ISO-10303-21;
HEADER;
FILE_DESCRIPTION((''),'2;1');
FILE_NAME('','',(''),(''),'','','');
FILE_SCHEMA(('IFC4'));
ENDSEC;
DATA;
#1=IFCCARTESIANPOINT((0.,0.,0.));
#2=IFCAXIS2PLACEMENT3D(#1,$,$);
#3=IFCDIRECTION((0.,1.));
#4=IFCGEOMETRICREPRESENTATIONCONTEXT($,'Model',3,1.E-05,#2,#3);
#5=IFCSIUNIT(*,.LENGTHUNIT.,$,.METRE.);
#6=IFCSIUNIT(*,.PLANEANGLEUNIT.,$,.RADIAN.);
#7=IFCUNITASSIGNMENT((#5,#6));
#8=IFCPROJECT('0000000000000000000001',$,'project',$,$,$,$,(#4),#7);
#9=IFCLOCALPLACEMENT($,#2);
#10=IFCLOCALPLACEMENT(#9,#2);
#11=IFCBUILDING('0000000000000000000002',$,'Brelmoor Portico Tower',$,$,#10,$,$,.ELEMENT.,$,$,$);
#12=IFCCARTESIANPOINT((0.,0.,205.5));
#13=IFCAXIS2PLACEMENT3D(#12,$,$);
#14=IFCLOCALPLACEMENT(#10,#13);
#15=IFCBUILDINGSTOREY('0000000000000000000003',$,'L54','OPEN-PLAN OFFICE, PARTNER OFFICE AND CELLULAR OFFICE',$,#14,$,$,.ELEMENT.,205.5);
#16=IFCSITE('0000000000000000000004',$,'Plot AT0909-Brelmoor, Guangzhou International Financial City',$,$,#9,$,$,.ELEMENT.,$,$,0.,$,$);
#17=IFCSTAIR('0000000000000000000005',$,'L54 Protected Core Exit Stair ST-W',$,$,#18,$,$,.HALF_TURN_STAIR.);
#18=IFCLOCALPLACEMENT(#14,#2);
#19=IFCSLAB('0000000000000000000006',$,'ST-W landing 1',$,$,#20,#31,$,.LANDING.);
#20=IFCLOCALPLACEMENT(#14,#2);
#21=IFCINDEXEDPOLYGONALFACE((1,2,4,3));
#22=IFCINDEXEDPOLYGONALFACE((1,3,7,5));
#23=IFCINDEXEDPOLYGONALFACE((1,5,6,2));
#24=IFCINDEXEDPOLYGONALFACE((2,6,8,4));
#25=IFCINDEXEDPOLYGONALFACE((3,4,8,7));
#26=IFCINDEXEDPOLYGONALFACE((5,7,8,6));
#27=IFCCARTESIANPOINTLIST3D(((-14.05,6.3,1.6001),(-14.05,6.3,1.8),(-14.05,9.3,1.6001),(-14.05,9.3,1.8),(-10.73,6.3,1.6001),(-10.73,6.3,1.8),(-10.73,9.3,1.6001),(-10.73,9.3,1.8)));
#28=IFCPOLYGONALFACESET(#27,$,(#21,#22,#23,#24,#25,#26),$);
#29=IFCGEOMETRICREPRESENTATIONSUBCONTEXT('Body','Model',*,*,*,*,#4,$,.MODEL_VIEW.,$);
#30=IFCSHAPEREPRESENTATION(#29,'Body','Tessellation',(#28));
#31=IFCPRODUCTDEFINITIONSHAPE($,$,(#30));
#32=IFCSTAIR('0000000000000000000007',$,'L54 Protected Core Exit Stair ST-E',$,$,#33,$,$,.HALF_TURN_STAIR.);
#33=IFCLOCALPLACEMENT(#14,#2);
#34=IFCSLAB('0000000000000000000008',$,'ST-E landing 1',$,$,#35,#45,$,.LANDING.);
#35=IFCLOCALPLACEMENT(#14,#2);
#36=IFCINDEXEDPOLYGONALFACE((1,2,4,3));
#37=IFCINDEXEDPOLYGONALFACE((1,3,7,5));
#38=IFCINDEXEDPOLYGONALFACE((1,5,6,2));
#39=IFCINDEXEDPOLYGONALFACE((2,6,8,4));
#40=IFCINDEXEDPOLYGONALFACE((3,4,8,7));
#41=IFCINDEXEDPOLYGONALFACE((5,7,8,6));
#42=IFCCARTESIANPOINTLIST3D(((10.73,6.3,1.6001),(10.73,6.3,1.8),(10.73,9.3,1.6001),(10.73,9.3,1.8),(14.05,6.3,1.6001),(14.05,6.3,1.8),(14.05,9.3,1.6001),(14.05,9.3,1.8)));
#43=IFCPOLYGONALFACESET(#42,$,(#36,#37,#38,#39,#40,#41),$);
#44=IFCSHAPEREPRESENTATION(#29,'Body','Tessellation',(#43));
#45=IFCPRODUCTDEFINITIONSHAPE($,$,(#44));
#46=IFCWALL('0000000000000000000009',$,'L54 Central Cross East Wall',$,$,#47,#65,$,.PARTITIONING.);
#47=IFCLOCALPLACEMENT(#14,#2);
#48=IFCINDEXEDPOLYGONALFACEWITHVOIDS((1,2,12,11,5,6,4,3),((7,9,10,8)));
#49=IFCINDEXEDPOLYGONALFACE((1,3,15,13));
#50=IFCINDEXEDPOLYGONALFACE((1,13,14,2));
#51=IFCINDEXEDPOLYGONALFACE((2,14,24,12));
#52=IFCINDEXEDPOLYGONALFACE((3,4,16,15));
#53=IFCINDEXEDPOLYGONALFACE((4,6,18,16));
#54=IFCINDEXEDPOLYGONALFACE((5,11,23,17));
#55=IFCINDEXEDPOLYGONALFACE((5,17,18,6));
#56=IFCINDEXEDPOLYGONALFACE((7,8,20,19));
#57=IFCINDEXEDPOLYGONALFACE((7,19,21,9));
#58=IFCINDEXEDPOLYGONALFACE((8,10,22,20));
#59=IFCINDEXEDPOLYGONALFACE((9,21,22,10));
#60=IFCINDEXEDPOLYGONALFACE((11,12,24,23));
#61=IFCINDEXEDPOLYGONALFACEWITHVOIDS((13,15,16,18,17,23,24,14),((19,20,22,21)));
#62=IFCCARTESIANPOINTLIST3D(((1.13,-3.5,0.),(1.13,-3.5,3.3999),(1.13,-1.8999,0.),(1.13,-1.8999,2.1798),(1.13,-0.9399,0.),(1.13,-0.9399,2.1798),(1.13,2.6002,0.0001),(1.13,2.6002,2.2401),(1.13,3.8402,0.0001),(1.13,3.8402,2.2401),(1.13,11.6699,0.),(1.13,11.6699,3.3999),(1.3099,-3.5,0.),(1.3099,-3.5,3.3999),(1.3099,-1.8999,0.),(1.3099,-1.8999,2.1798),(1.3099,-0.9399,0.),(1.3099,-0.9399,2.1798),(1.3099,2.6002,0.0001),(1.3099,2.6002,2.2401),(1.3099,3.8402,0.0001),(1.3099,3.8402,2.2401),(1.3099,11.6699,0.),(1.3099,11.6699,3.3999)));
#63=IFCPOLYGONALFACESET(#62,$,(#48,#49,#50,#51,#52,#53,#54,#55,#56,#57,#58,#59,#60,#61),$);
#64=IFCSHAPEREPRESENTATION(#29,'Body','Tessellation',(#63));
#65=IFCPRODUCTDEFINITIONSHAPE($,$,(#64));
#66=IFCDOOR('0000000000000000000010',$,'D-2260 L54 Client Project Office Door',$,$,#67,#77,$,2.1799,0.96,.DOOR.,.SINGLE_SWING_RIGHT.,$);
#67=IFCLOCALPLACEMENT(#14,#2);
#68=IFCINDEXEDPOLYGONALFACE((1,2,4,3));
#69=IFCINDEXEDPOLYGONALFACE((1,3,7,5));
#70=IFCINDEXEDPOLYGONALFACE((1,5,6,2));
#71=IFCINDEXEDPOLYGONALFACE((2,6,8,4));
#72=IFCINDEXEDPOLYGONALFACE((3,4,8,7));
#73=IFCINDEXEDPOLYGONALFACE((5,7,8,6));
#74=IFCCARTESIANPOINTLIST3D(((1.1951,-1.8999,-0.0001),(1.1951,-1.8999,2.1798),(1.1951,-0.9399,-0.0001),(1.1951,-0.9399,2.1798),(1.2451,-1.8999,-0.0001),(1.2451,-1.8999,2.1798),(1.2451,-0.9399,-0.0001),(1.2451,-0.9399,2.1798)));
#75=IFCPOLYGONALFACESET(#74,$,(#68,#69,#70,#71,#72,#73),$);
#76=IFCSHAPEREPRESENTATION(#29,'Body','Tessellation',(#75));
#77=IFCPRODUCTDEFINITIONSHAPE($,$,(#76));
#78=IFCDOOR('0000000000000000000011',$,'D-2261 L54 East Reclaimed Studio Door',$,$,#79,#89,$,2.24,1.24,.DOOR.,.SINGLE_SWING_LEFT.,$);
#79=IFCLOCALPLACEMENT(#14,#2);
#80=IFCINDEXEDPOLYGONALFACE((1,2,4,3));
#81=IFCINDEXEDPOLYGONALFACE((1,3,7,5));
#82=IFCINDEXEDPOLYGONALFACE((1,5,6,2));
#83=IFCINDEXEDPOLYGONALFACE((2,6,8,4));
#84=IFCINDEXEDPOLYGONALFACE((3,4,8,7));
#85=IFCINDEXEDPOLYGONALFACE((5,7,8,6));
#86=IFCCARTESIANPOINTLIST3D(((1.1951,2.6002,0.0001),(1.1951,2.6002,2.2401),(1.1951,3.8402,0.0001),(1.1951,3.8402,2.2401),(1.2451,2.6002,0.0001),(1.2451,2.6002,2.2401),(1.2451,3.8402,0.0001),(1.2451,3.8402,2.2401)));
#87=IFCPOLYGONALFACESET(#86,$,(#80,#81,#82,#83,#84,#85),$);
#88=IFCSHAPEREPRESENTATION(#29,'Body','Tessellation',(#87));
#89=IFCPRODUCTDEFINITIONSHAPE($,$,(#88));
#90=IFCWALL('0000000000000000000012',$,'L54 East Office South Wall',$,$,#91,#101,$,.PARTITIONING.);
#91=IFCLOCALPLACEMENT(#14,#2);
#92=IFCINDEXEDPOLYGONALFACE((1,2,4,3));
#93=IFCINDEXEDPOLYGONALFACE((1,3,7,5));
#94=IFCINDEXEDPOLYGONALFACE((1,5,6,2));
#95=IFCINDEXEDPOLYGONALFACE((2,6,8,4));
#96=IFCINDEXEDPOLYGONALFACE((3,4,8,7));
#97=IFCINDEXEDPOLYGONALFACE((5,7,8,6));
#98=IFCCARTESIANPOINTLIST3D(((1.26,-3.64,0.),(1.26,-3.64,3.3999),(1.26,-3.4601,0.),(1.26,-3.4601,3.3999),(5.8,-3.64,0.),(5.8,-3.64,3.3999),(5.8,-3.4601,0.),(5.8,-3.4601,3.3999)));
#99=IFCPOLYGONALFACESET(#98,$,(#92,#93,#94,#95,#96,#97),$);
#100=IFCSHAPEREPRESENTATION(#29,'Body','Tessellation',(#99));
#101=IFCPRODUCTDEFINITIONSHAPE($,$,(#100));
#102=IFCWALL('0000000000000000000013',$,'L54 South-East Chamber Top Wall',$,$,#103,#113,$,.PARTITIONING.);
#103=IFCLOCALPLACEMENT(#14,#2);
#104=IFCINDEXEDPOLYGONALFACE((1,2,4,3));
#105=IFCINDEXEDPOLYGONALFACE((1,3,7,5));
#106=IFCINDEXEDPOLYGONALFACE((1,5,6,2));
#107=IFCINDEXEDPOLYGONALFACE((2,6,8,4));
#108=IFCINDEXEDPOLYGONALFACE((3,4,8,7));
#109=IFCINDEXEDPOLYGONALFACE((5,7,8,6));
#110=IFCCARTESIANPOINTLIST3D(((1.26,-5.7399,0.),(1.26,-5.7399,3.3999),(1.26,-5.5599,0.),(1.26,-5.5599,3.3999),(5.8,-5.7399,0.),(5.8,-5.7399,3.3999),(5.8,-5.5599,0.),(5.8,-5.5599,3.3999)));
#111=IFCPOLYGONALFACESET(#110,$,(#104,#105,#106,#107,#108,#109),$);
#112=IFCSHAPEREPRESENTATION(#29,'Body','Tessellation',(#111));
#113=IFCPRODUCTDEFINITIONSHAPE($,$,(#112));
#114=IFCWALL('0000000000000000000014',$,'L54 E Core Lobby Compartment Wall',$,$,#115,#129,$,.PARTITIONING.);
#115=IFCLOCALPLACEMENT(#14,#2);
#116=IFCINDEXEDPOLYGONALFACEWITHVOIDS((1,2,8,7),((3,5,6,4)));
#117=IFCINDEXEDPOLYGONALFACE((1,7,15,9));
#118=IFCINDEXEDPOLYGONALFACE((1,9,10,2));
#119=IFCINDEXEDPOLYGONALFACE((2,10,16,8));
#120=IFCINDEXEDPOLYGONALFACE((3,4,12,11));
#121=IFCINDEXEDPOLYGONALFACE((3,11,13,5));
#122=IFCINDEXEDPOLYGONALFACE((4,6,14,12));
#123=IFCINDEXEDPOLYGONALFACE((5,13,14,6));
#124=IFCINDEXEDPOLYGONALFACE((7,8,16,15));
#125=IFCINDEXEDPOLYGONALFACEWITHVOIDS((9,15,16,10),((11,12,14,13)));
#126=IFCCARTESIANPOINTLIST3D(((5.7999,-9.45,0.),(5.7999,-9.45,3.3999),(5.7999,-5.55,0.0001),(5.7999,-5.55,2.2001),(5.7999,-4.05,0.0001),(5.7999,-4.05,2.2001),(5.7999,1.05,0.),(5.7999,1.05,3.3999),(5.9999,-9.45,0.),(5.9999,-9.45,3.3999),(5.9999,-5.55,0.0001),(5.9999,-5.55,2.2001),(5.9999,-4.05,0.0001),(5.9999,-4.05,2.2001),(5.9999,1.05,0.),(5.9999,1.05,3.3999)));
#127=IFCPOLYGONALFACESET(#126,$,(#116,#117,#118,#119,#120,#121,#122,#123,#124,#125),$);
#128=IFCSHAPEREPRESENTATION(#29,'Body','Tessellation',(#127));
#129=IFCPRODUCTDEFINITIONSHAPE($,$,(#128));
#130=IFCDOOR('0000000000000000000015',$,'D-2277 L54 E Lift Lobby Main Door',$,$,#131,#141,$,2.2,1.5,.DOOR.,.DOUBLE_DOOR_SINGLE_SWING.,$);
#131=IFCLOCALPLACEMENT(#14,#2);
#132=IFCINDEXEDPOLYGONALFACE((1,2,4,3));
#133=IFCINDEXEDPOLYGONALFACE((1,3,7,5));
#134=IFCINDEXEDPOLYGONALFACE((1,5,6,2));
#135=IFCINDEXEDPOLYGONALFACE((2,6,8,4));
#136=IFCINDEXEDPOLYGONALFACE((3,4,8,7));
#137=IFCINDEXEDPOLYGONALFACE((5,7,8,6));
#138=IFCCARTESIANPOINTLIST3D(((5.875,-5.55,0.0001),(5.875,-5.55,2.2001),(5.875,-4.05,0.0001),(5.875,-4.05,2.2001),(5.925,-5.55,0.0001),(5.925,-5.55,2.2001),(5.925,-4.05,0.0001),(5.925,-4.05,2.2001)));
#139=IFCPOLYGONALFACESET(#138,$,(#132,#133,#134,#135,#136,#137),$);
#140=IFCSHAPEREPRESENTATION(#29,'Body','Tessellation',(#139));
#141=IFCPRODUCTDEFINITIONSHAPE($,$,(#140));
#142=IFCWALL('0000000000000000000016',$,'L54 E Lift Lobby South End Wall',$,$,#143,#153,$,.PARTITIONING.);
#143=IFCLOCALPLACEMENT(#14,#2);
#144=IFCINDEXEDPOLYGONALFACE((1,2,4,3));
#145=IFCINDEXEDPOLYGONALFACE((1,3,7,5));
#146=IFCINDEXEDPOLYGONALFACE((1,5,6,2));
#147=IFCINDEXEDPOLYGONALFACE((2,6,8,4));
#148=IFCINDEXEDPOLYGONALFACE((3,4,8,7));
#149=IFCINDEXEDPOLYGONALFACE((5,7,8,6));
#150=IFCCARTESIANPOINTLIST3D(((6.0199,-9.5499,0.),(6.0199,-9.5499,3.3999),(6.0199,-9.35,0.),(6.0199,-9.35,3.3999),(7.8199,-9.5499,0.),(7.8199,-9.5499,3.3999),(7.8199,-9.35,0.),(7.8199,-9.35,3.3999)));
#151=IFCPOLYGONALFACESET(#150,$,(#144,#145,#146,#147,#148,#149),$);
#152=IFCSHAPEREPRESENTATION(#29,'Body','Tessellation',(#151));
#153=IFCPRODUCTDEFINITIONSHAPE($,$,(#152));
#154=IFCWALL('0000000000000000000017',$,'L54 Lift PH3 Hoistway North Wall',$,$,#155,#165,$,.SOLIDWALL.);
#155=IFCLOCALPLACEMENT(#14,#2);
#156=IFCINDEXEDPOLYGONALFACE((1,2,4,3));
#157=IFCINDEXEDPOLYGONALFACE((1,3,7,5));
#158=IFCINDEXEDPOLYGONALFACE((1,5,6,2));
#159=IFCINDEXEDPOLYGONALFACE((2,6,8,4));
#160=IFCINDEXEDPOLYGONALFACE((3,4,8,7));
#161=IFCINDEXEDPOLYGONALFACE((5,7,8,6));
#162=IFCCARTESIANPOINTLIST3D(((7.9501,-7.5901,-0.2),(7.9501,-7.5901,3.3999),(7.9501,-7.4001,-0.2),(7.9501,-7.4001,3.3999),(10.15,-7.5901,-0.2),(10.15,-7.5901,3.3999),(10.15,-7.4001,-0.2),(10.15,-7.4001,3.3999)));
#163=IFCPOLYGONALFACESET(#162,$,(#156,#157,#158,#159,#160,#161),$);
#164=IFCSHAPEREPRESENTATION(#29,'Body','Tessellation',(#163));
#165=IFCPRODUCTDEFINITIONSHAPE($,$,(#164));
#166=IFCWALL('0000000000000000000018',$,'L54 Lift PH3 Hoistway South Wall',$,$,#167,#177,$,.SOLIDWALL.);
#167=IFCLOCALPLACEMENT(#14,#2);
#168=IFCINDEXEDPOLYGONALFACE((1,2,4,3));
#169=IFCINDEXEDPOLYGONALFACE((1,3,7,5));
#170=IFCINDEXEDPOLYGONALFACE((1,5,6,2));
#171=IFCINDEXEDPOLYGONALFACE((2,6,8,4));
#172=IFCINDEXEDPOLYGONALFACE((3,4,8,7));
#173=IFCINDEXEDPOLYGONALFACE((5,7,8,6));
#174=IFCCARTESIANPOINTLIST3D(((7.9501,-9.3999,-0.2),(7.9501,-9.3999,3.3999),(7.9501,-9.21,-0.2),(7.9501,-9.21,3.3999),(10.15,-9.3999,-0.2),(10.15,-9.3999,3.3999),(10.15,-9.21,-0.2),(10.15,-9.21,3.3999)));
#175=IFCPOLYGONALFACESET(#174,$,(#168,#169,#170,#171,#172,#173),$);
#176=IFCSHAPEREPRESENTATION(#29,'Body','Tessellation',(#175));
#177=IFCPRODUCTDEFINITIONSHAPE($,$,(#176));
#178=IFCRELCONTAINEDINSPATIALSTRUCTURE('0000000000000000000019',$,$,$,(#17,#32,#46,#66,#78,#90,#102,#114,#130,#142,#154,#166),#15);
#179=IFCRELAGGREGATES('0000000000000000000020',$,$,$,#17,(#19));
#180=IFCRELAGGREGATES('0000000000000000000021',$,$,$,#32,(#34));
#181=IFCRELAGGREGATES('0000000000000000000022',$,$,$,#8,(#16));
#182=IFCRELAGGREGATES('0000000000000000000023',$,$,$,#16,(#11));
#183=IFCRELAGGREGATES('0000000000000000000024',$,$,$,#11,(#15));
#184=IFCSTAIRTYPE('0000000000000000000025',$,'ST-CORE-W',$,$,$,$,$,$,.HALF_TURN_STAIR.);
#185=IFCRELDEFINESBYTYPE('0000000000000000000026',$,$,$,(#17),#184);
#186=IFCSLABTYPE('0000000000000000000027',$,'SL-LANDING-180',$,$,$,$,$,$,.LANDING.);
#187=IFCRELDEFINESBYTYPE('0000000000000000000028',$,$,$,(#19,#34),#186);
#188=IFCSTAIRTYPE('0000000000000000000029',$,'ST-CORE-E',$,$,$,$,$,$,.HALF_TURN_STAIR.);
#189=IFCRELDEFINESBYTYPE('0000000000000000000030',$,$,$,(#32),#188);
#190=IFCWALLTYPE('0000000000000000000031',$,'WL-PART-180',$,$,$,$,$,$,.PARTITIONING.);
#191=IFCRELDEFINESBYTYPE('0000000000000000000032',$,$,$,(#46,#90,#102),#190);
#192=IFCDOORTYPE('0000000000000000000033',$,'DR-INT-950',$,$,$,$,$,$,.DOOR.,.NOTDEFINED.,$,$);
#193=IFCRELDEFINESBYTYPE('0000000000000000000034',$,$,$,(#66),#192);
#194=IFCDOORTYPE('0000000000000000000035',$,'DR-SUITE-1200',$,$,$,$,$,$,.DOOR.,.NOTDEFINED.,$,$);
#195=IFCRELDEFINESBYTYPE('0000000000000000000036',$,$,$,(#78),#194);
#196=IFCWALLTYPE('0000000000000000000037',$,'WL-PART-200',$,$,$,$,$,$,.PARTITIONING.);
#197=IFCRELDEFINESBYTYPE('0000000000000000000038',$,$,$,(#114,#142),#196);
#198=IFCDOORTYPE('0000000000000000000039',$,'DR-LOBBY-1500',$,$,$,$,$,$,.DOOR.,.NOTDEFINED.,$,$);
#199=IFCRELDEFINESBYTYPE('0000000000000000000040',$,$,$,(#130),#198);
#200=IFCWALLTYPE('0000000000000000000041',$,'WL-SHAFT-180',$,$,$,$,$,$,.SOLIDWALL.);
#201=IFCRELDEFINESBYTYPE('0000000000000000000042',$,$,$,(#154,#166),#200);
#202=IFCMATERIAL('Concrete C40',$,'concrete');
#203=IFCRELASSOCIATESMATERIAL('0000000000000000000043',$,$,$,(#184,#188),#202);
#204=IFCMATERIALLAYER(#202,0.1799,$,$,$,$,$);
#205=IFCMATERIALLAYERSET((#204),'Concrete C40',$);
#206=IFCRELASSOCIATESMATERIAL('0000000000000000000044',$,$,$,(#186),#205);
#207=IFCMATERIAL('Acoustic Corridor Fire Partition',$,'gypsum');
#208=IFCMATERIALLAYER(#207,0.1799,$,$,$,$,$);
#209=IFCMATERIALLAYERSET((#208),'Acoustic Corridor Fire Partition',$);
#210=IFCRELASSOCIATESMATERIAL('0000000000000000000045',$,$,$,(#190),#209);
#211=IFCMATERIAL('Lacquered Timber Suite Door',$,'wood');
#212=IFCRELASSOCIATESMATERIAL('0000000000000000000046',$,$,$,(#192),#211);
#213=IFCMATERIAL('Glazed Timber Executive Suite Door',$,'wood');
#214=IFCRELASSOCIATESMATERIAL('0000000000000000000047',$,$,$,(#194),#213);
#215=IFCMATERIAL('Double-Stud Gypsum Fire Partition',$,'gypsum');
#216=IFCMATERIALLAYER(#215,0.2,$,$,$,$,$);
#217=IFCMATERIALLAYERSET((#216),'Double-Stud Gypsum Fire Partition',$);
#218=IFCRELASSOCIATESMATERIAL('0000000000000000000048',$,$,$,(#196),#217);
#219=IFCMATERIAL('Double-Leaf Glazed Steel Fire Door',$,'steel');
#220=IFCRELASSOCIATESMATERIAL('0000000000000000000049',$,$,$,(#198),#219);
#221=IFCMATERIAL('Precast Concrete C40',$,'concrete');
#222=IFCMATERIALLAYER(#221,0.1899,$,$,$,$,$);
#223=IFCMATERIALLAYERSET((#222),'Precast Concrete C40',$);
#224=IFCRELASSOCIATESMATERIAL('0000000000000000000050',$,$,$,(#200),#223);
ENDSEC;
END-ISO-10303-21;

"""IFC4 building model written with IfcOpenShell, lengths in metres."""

from ifc_helpers import new_model, si_unit, direction, frame, frame_2d, origin, place, context, subcontext, project, spatial, polyline, rectangle, outline, extrude, material, layer, layer_set, type_object, element, fill, aggregate, save


model = new_model("IFC4")

# Units and contexts
model_context = context("Model", 3, precision=1e-05, world=origin(), true_north=direction((0.0, 1.0)))
body_context = subcontext(model_context, "Body", "Model", "MODEL_VIEW")
ifc_project = project(units=[si_unit("LENGTHUNIT", "METRE"), si_unit("PLANEANGLEUNIT", "RADIAN")], contexts=[model_context])

# Site, building, storey
site_placement = place(None, origin())
site = spatial("IfcSite", under=ifc_project, at=site_placement, Name="Plot AT0909-Brelmoor, Guangzhou International Financial City", CompositionType="ELEMENT", RefElevation=0.0)
building_placement = place(site_placement, origin())
building = spatial("IfcBuilding", under=site, at=building_placement, Name="Brelmoor Portico Tower", CompositionType="ELEMENT")
storey_placement = place(building_placement, frame((0.0, 0.0, 205.5)))
storey = spatial("IfcBuildingStorey", under=building, at=storey_placement, Name="L54", Description="OPEN-PLAN OFFICE, PARTNER OFFICE AND CELLULAR OFFICE", CompositionType="ELEMENT", Elevation=205.5)

# Stairs, slabs
ifc_material_1 = material(Name="Concrete C40", Category="concrete")
stair_type_1 = type_object("IfcStairType", Name="ST-CORE-W", PredefinedType="HALF_TURN_STAIR", material=ifc_material_1)
stair_1_placement = place(storey_placement, origin())
stair_1 = element("IfcStair", 1, at=stair_1_placement, inside=storey, type_object=stair_type_1, Name="L54 Protected Core Exit Stair ST-W", PredefinedType="HALF_TURN_STAIR")
ifc_layer_1 = layer(ifc_material_1, 0.1799)
ifc_layer_set_1 = layer_set([ifc_layer_1], Name="Concrete C40")
slab_type = type_object("IfcSlabType", Name="SL-LANDING-180", PredefinedType="LANDING", material=ifc_layer_set_1)
slab_1_placement = place(storey_placement, frame((0.0, 0.0, 1.6001)))
slab_1 = element("IfcSlab", 2, at=slab_1_placement, type_object=slab_type, Name="ST-W landing 1", PredefinedType="LANDING", context=body_context, shape_type="SweptSolid", body=[
    extrude(outline(polyline([(-10.73, 6.3), (-10.73, 9.3), (-14.05, 9.3), (-14.05, 6.3), (-10.73, 6.3)])), origin(), (0.0, 0.0, 1.0), 0.2),
])
aggregate(stair_1, [slab_1])
stair_type_2 = type_object("IfcStairType", Name="ST-CORE-E", PredefinedType="HALF_TURN_STAIR", material=ifc_material_1)
stair_2_placement = place(storey_placement, origin())
stair_2 = element("IfcStair", 3, at=stair_2_placement, inside=storey, type_object=stair_type_2, Name="L54 Protected Core Exit Stair ST-E", PredefinedType="HALF_TURN_STAIR")
slab_2_placement = place(storey_placement, frame((0.0, 0.0, 1.6001)))
slab_2 = element("IfcSlab", 4, at=slab_2_placement, type_object=slab_type, Name="ST-E landing 1", PredefinedType="LANDING", context=body_context, shape_type="SweptSolid", body=[
    extrude(outline(polyline([(14.05, 6.3), (14.05, 9.3), (10.73, 9.3), (10.73, 6.3), (14.05, 6.3)])), origin(), (0.0, 0.0, 1.0), 0.2),
])
aggregate(stair_2, [slab_2])

# Wall, openings, doors
ifc_material_2 = material(Name="Acoustic Corridor Fire Partition", Category="gypsum")
ifc_layer_2 = layer(ifc_material_2, 0.1799)
ifc_layer_set_2 = layer_set([ifc_layer_2], Name="Acoustic Corridor Fire Partition")
wall_type_1 = type_object("IfcWallType", Name="WL-PART-180", PredefinedType="PARTITIONING", material=ifc_layer_set_2)
wall_1_placement = place(storey_placement, frame((1.22, -3.5, 0.0), z_axis=(0.0, 0.0, 1.0), x_axis=(0.0, 1.0, 0.0)))
wall_1 = element("IfcWall", 5, at=wall_1_placement, inside=storey, type_object=wall_type_1, Name="L54 Central Cross East Wall", PredefinedType="PARTITIONING", context=body_context, shape_type="SweptSolid", body=[
    extrude(rectangle(XDim=15.1699, YDim=0.1799, at=frame_2d((7.585, 0.0))), origin(), (0.0, 0.0, 1.0), 3.3999),
])
opening_1_placement = place(wall_1_placement, frame((6.1001, 0.0, 0.0)))
opening_1 = element("IfcOpeningElement", 6, at=opening_1_placement, cuts=wall_1, PredefinedType="OPENING", context=body_context, shape_type="SweptSolid", body=[
    extrude(rectangle(XDim=1.24, YDim=2.24, at=frame_2d((0.6201, 1.1201))), frame((0.0, 0.0999, 0.0), z_axis=(0.0, -1.0, 0.0), x_axis=(1.0, 0.0, 0.0)), (0.0, 0.0, 1.0), 0.2),
])
opening_2_placement = place(wall_1_placement, frame((1.6001, 0.0, 0.0)))
opening_2 = element("IfcOpeningElement", 7, at=opening_2_placement, cuts=wall_1, PredefinedType="OPENING", context=body_context, shape_type="SweptSolid", body=[
    extrude(rectangle(XDim=0.96, YDim=2.1799, at=frame_2d((0.48, 1.0898))), frame((0.0, 0.0999, 0.0), z_axis=(0.0, -1.0, 0.0), x_axis=(1.0, 0.0, 0.0)), (0.0, 0.0, 1.0), 0.2),
])
ifc_material_3 = material(Name="Lacquered Timber Suite Door", Category="wood")
door_type_1 = type_object("IfcDoorType", Name="DR-INT-950", OperationType="NOTDEFINED", PredefinedType="DOOR", material=ifc_material_3)
door_1_placement = place(opening_2_placement, origin())
door_1 = element("IfcDoor", 8, at=door_1_placement, inside=storey, type_object=door_type_1, Name="D-2260 L54 Client Project Office Door", OperationType="SINGLE_SWING_RIGHT", OverallHeight=2.1799, OverallWidth=0.96, PredefinedType="DOOR", context=body_context, shape_type="SweptSolid", body=[
    extrude(rectangle(XDim=0.96, YDim=2.1799, at=frame_2d((0.48, 1.0898))), frame((0.0, 0.0249, 0.0), z_axis=(0.0, -1.0, 0.0), x_axis=(1.0, 0.0, 0.0)), (0.0, 0.0, 1.0), 0.05),
])
fill(opening_2, door_1)
ifc_material_4 = material(Name="Glazed Timber Executive Suite Door", Category="wood")
door_type_2 = type_object("IfcDoorType", Name="DR-SUITE-1200", OperationType="NOTDEFINED", PredefinedType="DOOR", material=ifc_material_4)
door_2_placement = place(opening_1_placement, origin())
door_2 = element("IfcDoor", 9, at=door_2_placement, inside=storey, type_object=door_type_2, Name="D-2261 L54 East Reclaimed Studio Door", OperationType="SINGLE_SWING_LEFT", OverallHeight=2.24, OverallWidth=1.24, PredefinedType="DOOR", context=body_context, shape_type="SweptSolid", body=[
    extrude(rectangle(XDim=1.24, YDim=2.24, at=frame_2d((0.6201, 1.1201))), frame((0.0, 0.0249, 0.0), z_axis=(0.0, -1.0, 0.0), x_axis=(1.0, 0.0, 0.0)), (0.0, 0.0, 1.0), 0.05),
])
fill(opening_1, door_2)

# Walls
for number, where, z_axis, x_axis, name in (
    (10, (1.26, -3.55, 0.0), (0.0, 0.0, 1.0), (1.0, 0.0, 0.0), "L54 East Office South Wall"),
    (11, (1.26, -5.6499, 0.0), (0.0, 0.0, 1.0), (1.0, 0.0, 0.0), "L54 South-East Chamber Top Wall"),
):
    element("IfcWall", number, at=place(storey_placement, frame(where, z_axis=z_axis, x_axis=x_axis)), inside=storey, type_object=wall_type_1, Name=name, PredefinedType="PARTITIONING", context=body_context, shape_type="SweptSolid", body=[
        extrude(rectangle(XDim=4.54, YDim=0.1799, at=frame_2d((2.27, 0.0))), origin(), (0.0, 0.0, 1.0), 3.3999),
    ])

# Wall, opening, door
ifc_material_5 = material(Name="Double-Stud Gypsum Fire Partition", Category="gypsum")
ifc_layer_3 = layer(ifc_material_5, 0.2)
ifc_layer_set_3 = layer_set([ifc_layer_3], Name="Double-Stud Gypsum Fire Partition")
wall_type_2 = type_object("IfcWallType", Name="WL-PART-200", PredefinedType="PARTITIONING", material=ifc_layer_set_3)
wall_2_placement = place(storey_placement, frame((5.8999, -9.45, 0.0), z_axis=(0.0, 0.0, 1.0), x_axis=(0.0, 1.0, 0.0)))
wall_2 = element("IfcWall", 12, at=wall_2_placement, inside=storey, type_object=wall_type_2, Name="L54 E Core Lobby Compartment Wall", PredefinedType="PARTITIONING", context=body_context, shape_type="SweptSolid", body=[
    extrude(rectangle(XDim=10.5, YDim=0.2, at=frame_2d((5.25, 0.0))), origin(), (0.0, 0.0, 1.0), 3.3999),
])
opening_3_placement = place(wall_2_placement, frame((3.8999, 0.0, 0.0)))
opening_3 = element("IfcOpeningElement", 13, at=opening_3_placement, cuts=wall_2, PredefinedType="OPENING", context=body_context, shape_type="SweptSolid", body=[
    extrude(rectangle(XDim=1.5, YDim=2.2, at=frame_2d((0.75, 1.1001))), frame((0.0, 0.1099, 0.0), z_axis=(0.0, -1.0, 0.0), x_axis=(1.0, 0.0, 0.0)), (0.0, 0.0, 1.0), 0.22),
])
ifc_material_6 = material(Name="Double-Leaf Glazed Steel Fire Door", Category="steel")
door_type_3 = type_object("IfcDoorType", Name="DR-LOBBY-1500", OperationType="NOTDEFINED", PredefinedType="DOOR", material=ifc_material_6)
door_3_placement = place(opening_3_placement, origin())
door_3 = element("IfcDoor", 14, at=door_3_placement, inside=storey, type_object=door_type_3, Name="D-2277 L54 E Lift Lobby Main Door", OperationType="DOUBLE_DOOR_SINGLE_SWING", OverallHeight=2.2, OverallWidth=1.5, PredefinedType="DOOR", context=body_context, shape_type="SweptSolid", body=[
    extrude(rectangle(XDim=1.5, YDim=2.2, at=frame_2d((0.75, 1.1001))), frame((0.0, 0.0249, 0.0), z_axis=(0.0, -1.0, 0.0), x_axis=(1.0, 0.0, 0.0)), (0.0, 0.0, 1.0), 0.05),
])
fill(opening_3, door_3)

# Walls
wall_3_placement = place(storey_placement, frame((6.02, -9.45, 0.0), z_axis=(0.0, 0.0, 1.0), x_axis=(1.0, 0.0, 0.0)))
element("IfcWall", 15, at=wall_3_placement, inside=storey, type_object=wall_type_2, Name="L54 E Lift Lobby South End Wall", PredefinedType="PARTITIONING", context=body_context, shape_type="SweptSolid", body=[
    extrude(rectangle(XDim=1.8, YDim=0.2, at=frame_2d((0.8999, 0.0))), origin(), (0.0, 0.0, 1.0), 3.3999),
])
ifc_material_7 = material(Name="Precast Concrete C40", Category="concrete")
ifc_layer_4 = layer(ifc_material_7, 0.1899)
ifc_layer_set_4 = layer_set([ifc_layer_4], Name="Precast Concrete C40")
wall_type_3 = type_object("IfcWallType", Name="WL-SHAFT-180", PredefinedType="SOLIDWALL", material=ifc_layer_set_4)
for number, where, z_axis, x_axis, name in (
    (16, (7.95, -7.4951, -0.2), (0.0, 0.0, 1.0), (1.0, 0.0, 0.0), "L54 Lift PH3 Hoistway North Wall"),
    (17, (7.95, -9.3049, -0.2), (0.0, 0.0, 1.0), (1.0, 0.0, 0.0), "L54 Lift PH3 Hoistway South Wall"),
):
    element("IfcWall", number, at=place(storey_placement, frame(where, z_axis=z_axis, x_axis=x_axis)), inside=storey, type_object=wall_type_3, Name=name, PredefinedType="SOLIDWALL", context=body_context, shape_type="SweptSolid", body=[
        extrude(rectangle(XDim=2.2, YDim=0.1899, at=frame_2d((1.1001, 0.0))), origin(), (0.0, 0.0, 1.0), 3.5999),
    ])

save(model, "model.ifc")
